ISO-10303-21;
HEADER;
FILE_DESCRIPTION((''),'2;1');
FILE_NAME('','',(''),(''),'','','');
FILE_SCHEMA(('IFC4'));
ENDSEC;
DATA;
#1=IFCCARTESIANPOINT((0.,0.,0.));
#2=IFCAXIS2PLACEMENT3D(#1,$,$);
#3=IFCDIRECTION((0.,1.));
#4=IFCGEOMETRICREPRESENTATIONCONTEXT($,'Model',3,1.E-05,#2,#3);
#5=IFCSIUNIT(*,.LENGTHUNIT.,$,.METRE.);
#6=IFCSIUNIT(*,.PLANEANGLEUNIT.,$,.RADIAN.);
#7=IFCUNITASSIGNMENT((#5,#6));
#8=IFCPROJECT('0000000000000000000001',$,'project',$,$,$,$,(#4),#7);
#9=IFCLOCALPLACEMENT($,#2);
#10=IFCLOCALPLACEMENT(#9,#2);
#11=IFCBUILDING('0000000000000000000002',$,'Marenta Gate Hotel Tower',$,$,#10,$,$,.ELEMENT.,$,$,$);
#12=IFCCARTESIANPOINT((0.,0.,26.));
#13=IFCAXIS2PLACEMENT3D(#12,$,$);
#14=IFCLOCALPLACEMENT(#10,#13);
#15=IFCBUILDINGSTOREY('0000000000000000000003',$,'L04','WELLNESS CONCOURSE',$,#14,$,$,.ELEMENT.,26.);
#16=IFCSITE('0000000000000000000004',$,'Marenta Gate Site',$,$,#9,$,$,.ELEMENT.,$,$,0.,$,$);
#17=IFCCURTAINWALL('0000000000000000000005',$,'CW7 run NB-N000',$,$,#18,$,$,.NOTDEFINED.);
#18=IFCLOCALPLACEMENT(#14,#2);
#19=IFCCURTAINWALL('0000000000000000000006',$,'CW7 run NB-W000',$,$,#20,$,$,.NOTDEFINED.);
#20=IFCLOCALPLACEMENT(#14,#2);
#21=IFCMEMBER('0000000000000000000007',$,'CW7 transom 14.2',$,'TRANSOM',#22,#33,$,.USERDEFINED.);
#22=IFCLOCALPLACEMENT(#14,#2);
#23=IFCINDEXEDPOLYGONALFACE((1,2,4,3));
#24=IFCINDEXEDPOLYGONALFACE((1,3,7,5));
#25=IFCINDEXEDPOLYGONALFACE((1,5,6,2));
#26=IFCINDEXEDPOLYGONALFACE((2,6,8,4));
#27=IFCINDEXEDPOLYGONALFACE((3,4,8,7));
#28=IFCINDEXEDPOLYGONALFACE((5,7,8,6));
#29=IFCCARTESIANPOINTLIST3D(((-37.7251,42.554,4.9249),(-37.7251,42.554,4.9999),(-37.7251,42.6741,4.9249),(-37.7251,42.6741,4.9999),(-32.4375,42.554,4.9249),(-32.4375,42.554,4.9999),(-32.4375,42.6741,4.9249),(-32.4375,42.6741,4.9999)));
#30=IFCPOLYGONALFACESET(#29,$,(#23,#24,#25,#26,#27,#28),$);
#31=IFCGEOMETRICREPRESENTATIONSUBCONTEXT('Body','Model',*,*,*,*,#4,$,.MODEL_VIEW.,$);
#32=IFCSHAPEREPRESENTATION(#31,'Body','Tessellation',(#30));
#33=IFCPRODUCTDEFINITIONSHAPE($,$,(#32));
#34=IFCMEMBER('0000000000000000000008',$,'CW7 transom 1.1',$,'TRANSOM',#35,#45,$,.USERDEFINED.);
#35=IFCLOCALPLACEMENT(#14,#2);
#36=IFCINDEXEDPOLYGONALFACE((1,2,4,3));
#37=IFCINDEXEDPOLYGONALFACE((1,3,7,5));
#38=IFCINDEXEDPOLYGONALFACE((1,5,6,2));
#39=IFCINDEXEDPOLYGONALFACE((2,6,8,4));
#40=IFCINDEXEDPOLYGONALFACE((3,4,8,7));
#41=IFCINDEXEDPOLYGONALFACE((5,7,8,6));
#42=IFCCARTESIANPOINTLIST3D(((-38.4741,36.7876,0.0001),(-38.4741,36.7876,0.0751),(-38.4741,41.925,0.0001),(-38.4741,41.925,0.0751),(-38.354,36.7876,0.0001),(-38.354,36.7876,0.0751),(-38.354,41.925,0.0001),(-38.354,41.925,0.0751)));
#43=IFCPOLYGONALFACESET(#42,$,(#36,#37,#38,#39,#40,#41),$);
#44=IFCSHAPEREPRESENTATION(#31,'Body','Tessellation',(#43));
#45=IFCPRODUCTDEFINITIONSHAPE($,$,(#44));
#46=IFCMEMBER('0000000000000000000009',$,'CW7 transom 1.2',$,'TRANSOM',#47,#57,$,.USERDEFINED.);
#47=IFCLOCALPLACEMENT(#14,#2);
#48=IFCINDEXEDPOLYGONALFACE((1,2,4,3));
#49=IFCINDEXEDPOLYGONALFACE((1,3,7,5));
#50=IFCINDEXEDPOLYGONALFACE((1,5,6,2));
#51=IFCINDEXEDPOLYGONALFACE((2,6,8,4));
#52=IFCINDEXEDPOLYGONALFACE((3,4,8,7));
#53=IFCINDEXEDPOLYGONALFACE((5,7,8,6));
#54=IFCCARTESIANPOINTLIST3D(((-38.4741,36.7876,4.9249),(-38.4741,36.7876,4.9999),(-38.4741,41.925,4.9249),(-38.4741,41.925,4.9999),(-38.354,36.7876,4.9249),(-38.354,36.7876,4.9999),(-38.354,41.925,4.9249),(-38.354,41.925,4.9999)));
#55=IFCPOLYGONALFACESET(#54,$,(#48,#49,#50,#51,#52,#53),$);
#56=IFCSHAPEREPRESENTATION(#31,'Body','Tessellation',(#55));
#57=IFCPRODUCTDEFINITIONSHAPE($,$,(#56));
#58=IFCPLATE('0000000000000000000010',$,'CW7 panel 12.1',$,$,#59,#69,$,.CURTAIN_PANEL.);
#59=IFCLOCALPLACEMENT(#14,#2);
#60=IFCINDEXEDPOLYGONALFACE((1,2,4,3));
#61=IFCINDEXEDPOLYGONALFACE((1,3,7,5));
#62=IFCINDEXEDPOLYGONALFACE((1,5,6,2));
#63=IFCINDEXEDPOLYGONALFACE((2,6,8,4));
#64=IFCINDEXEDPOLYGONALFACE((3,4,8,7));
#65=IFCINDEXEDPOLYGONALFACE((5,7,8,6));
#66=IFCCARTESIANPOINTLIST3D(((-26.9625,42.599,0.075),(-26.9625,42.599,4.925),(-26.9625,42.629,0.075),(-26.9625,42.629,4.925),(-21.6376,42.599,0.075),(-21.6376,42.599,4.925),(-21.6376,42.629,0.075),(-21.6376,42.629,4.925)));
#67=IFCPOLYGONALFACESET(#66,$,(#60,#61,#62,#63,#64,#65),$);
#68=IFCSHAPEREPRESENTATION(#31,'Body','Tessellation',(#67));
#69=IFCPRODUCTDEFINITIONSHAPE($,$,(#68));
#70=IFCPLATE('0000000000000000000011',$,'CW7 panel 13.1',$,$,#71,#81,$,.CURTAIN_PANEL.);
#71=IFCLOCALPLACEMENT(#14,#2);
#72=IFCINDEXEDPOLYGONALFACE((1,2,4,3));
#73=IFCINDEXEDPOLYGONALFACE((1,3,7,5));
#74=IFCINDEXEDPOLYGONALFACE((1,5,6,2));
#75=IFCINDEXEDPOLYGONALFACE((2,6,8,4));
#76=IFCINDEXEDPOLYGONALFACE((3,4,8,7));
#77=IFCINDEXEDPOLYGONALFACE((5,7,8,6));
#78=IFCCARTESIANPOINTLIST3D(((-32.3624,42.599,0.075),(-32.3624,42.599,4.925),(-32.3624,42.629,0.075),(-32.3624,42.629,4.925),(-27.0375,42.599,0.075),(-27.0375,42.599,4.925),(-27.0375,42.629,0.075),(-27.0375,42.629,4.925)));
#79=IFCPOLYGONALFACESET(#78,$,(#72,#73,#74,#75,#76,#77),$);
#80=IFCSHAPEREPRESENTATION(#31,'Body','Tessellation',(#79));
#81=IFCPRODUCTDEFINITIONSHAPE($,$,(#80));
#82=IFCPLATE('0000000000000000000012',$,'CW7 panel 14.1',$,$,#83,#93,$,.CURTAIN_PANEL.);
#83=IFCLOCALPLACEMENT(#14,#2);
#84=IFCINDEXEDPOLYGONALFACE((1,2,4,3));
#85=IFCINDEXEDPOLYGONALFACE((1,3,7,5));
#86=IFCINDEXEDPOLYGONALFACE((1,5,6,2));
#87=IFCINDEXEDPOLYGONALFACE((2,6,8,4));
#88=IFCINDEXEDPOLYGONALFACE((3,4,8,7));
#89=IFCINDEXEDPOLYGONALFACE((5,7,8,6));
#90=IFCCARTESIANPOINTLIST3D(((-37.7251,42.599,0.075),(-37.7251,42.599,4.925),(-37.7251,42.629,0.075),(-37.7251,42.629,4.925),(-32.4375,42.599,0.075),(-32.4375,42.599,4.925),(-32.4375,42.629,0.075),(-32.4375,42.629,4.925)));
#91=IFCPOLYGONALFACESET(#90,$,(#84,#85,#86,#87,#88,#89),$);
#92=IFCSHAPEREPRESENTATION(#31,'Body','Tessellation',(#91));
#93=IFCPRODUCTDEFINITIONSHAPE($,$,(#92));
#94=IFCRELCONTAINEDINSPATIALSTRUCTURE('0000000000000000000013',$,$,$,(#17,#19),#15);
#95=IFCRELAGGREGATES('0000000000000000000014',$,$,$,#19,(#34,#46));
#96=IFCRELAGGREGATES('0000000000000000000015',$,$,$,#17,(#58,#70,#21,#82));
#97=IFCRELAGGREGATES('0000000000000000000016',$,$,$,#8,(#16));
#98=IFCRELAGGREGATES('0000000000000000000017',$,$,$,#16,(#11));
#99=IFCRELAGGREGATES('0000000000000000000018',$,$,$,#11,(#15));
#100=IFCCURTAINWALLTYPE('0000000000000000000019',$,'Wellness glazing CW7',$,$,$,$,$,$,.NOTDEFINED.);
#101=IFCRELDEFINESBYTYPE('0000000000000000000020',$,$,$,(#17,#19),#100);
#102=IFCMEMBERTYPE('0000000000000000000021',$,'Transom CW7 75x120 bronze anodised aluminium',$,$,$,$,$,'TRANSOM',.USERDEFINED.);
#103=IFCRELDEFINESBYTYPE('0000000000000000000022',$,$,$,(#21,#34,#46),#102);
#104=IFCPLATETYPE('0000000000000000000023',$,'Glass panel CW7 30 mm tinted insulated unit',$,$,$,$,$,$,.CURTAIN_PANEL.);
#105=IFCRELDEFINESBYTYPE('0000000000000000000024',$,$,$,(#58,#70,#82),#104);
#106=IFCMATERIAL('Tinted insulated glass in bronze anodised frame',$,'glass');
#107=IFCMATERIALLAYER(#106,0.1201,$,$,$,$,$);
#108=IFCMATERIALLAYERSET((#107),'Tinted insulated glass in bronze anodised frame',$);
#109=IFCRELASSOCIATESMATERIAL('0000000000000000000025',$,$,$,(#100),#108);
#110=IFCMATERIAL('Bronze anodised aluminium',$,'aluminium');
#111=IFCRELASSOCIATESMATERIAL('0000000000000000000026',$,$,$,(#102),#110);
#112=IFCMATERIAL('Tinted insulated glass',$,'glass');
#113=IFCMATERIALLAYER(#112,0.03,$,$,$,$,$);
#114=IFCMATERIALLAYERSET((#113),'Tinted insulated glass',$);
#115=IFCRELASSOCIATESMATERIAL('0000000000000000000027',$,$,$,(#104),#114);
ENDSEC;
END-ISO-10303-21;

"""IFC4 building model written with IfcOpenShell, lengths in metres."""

from ifc_helpers import new_model, si_unit, direction, frame, origin, origin_2d, place, context, subcontext, project, spatial, rectangle, extrude, material, layer, layer_set, material_profile, profile_set, type_object, element, aggregate, save


model = new_model("IFC4")

# Units and contexts
model_context = context("Model", 3, precision=1e-05, world=origin(), true_north=direction((0.0, 1.0)))
body_context = subcontext(model_context, "Body", "Model", "MODEL_VIEW")
ifc_project = project(units=[si_unit("LENGTHUNIT", "METRE"), si_unit("PLANEANGLEUNIT", "RADIAN")], contexts=[model_context])

# Site, building, storey
site_placement = place(None, origin())
site = spatial("IfcSite", under=ifc_project, at=site_placement, Name="Marenta Gate Site", CompositionType="ELEMENT", RefElevation=0.0)
building_placement = place(site_placement, origin())
building = spatial("IfcBuilding", under=site, at=building_placement, Name="Marenta Gate Hotel Tower", CompositionType="ELEMENT")
storey_placement = place(building_placement, frame((0.0, 0.0, 26.0)))
storey = spatial("IfcBuildingStorey", under=building, at=storey_placement, Name="L04", Description="WELLNESS CONCOURSE", CompositionType="ELEMENT", Elevation=26.0)

# Curtain wall
ifc_material_1 = material(Name="Tinted insulated glass in bronze anodised frame", Category="glass")
ifc_layer_1 = layer(ifc_material_1, 0.1201)
ifc_layer_set_1 = layer_set([ifc_layer_1], Name="Tinted insulated glass in bronze anodised frame")
curtain_wall_type = type_object("IfcCurtainWallType", Name="Wellness glazing CW7", PredefinedType="NOTDEFINED", material=ifc_layer_set_1)
curtain_wall_1_placement = place(storey_placement, origin())
curtain_wall_1 = element("IfcCurtainWall", 1, at=curtain_wall_1_placement, inside=storey, type_object=curtain_wall_type, Name="CW7 run NB-N000", PredefinedType="NOTDEFINED")

# Curtain wall
curtain_wall_2_placement = place(storey_placement, origin())
curtain_wall_2 = element("IfcCurtainWall", 2, at=curtain_wall_2_placement, inside=storey, type_object=curtain_wall_type, Name="CW7 run NB-W000", PredefinedType="NOTDEFINED")

# Members
ifc_material_2 = material(Name="Bronze anodised aluminium", Category="aluminium")
ifc_material_profile_1 = material_profile(ifc_material_2, rectangle(XDim=0.1201, YDim=0.075, at=origin_2d()), Name="Transom CW7 75x120 bronze anodised aluminium")
ifc_profile_set_1 = profile_set([ifc_material_profile_1], Name="Bronze anodised aluminium")
member_type_1 = type_object("IfcMemberType", Name="Transom CW7 75x120 bronze anodised aluminium", ElementType="TRANSOM", PredefinedType="USERDEFINED", material=ifc_profile_set_1)
member_1_placement = place(storey_placement, frame((-32.4375, 42.614, 4.9624), z_axis=(-1.0, 0.0, 0.0), x_axis=(0.0, -1.0, 0.0)))
member_1 = element("IfcMember", 3, at=member_1_placement, type_object=member_type_1, Name="CW7 transom 14.2", ObjectType="TRANSOM", PredefinedType="USERDEFINED", context=body_context, shape_type="SweptSolid", body=[
    extrude(rectangle(XDim=0.1201, YDim=0.075, at=origin_2d()), origin(), (0.0, 0.0, 1.0), 5.2876),
])
member_2_placement = place(storey_placement, frame((-38.4141, 41.925, 0.0376), z_axis=(0.0, -1.0, 0.0), x_axis=(1.0, 0.0, 0.0)))
member_2 = element("IfcMember", 4, at=member_2_placement, type_object=member_type_1, Name="CW7 transom 1.1", ObjectType="TRANSOM", PredefinedType="USERDEFINED", context=body_context, shape_type="SweptSolid", body=[
    extrude(rectangle(XDim=0.1201, YDim=0.075, at=origin_2d()), origin(), (0.0, 0.0, 1.0), 5.1375),
])
member_3_placement = place(storey_placement, frame((-38.4141, 41.925, 4.9624), z_axis=(0.0, -1.0, 0.0), x_axis=(1.0, 0.0, 0.0)))
member_3 = element("IfcMember", 5, at=member_3_placement, type_object=member_type_1, Name="CW7 transom 1.2", ObjectType="TRANSOM", PredefinedType="USERDEFINED", context=body_context, shape_type="SweptSolid", body=[
    extrude(rectangle(XDim=0.1201, YDim=0.075, at=origin_2d()), origin(), (0.0, 0.0, 1.0), 5.1375),
])
aggregate(curtain_wall_2, [member_2, member_3])

# Plates
ifc_material_3 = material(Name="Tinted insulated glass", Category="glass")
ifc_layer_2 = layer(ifc_material_3, 0.03)
ifc_layer_set_2 = layer_set([ifc_layer_2], Name="Tinted insulated glass")
plate_type = type_object("IfcPlateType", Name="Glass panel CW7 30 mm tinted insulated unit", PredefinedType="CURTAIN_PANEL", material=ifc_layer_set_2)
plate_1_placement = place(storey_placement, frame((-24.3, 42.614, 0.075), z_axis=(0.0, 0.0, 1.0), x_axis=(-1.0, 0.0, 0.0)))
plate_1 = element("IfcPlate", 6, at=plate_1_placement, type_object=plate_type, Name="CW7 panel 12.1", PredefinedType="CURTAIN_PANEL", context=body_context, shape_type="SweptSolid", body=[
    extrude(rectangle(XDim=5.325, YDim=0.03, at=origin_2d()), origin(), (0.0, 0.0, 1.0), 4.8501),
])
plate_2_placement = place(storey_placement, frame((-29.7, 42.614, 0.075), z_axis=(0.0, 0.0, 1.0), x_axis=(-1.0, 0.0, 0.0)))
plate_2 = element("IfcPlate", 7, at=plate_2_placement, type_object=plate_type, Name="CW7 panel 13.1", PredefinedType="CURTAIN_PANEL", context=body_context, shape_type="SweptSolid", body=[
    extrude(rectangle(XDim=5.325, YDim=0.03, at=origin_2d()), origin(), (0.0, 0.0, 1.0), 4.8501),
])
plate_3_placement = place(storey_placement, frame((-35.0813, 42.614, 0.075), z_axis=(0.0, 0.0, 1.0), x_axis=(-1.0, 0.0, 0.0)))
plate_3 = element("IfcPlate", 8, at=plate_3_placement, type_object=plate_type, Name="CW7 panel 14.1", PredefinedType="CURTAIN_PANEL", context=body_context, shape_type="SweptSolid", body=[
    extrude(rectangle(XDim=5.2876, YDim=0.03, at=origin_2d()), origin(), (0.0, 0.0, 1.0), 4.8501),
])
aggregate(curtain_wall_1, [plate_1, plate_2, member_1, plate_3])

save(model, "model.ifc")
